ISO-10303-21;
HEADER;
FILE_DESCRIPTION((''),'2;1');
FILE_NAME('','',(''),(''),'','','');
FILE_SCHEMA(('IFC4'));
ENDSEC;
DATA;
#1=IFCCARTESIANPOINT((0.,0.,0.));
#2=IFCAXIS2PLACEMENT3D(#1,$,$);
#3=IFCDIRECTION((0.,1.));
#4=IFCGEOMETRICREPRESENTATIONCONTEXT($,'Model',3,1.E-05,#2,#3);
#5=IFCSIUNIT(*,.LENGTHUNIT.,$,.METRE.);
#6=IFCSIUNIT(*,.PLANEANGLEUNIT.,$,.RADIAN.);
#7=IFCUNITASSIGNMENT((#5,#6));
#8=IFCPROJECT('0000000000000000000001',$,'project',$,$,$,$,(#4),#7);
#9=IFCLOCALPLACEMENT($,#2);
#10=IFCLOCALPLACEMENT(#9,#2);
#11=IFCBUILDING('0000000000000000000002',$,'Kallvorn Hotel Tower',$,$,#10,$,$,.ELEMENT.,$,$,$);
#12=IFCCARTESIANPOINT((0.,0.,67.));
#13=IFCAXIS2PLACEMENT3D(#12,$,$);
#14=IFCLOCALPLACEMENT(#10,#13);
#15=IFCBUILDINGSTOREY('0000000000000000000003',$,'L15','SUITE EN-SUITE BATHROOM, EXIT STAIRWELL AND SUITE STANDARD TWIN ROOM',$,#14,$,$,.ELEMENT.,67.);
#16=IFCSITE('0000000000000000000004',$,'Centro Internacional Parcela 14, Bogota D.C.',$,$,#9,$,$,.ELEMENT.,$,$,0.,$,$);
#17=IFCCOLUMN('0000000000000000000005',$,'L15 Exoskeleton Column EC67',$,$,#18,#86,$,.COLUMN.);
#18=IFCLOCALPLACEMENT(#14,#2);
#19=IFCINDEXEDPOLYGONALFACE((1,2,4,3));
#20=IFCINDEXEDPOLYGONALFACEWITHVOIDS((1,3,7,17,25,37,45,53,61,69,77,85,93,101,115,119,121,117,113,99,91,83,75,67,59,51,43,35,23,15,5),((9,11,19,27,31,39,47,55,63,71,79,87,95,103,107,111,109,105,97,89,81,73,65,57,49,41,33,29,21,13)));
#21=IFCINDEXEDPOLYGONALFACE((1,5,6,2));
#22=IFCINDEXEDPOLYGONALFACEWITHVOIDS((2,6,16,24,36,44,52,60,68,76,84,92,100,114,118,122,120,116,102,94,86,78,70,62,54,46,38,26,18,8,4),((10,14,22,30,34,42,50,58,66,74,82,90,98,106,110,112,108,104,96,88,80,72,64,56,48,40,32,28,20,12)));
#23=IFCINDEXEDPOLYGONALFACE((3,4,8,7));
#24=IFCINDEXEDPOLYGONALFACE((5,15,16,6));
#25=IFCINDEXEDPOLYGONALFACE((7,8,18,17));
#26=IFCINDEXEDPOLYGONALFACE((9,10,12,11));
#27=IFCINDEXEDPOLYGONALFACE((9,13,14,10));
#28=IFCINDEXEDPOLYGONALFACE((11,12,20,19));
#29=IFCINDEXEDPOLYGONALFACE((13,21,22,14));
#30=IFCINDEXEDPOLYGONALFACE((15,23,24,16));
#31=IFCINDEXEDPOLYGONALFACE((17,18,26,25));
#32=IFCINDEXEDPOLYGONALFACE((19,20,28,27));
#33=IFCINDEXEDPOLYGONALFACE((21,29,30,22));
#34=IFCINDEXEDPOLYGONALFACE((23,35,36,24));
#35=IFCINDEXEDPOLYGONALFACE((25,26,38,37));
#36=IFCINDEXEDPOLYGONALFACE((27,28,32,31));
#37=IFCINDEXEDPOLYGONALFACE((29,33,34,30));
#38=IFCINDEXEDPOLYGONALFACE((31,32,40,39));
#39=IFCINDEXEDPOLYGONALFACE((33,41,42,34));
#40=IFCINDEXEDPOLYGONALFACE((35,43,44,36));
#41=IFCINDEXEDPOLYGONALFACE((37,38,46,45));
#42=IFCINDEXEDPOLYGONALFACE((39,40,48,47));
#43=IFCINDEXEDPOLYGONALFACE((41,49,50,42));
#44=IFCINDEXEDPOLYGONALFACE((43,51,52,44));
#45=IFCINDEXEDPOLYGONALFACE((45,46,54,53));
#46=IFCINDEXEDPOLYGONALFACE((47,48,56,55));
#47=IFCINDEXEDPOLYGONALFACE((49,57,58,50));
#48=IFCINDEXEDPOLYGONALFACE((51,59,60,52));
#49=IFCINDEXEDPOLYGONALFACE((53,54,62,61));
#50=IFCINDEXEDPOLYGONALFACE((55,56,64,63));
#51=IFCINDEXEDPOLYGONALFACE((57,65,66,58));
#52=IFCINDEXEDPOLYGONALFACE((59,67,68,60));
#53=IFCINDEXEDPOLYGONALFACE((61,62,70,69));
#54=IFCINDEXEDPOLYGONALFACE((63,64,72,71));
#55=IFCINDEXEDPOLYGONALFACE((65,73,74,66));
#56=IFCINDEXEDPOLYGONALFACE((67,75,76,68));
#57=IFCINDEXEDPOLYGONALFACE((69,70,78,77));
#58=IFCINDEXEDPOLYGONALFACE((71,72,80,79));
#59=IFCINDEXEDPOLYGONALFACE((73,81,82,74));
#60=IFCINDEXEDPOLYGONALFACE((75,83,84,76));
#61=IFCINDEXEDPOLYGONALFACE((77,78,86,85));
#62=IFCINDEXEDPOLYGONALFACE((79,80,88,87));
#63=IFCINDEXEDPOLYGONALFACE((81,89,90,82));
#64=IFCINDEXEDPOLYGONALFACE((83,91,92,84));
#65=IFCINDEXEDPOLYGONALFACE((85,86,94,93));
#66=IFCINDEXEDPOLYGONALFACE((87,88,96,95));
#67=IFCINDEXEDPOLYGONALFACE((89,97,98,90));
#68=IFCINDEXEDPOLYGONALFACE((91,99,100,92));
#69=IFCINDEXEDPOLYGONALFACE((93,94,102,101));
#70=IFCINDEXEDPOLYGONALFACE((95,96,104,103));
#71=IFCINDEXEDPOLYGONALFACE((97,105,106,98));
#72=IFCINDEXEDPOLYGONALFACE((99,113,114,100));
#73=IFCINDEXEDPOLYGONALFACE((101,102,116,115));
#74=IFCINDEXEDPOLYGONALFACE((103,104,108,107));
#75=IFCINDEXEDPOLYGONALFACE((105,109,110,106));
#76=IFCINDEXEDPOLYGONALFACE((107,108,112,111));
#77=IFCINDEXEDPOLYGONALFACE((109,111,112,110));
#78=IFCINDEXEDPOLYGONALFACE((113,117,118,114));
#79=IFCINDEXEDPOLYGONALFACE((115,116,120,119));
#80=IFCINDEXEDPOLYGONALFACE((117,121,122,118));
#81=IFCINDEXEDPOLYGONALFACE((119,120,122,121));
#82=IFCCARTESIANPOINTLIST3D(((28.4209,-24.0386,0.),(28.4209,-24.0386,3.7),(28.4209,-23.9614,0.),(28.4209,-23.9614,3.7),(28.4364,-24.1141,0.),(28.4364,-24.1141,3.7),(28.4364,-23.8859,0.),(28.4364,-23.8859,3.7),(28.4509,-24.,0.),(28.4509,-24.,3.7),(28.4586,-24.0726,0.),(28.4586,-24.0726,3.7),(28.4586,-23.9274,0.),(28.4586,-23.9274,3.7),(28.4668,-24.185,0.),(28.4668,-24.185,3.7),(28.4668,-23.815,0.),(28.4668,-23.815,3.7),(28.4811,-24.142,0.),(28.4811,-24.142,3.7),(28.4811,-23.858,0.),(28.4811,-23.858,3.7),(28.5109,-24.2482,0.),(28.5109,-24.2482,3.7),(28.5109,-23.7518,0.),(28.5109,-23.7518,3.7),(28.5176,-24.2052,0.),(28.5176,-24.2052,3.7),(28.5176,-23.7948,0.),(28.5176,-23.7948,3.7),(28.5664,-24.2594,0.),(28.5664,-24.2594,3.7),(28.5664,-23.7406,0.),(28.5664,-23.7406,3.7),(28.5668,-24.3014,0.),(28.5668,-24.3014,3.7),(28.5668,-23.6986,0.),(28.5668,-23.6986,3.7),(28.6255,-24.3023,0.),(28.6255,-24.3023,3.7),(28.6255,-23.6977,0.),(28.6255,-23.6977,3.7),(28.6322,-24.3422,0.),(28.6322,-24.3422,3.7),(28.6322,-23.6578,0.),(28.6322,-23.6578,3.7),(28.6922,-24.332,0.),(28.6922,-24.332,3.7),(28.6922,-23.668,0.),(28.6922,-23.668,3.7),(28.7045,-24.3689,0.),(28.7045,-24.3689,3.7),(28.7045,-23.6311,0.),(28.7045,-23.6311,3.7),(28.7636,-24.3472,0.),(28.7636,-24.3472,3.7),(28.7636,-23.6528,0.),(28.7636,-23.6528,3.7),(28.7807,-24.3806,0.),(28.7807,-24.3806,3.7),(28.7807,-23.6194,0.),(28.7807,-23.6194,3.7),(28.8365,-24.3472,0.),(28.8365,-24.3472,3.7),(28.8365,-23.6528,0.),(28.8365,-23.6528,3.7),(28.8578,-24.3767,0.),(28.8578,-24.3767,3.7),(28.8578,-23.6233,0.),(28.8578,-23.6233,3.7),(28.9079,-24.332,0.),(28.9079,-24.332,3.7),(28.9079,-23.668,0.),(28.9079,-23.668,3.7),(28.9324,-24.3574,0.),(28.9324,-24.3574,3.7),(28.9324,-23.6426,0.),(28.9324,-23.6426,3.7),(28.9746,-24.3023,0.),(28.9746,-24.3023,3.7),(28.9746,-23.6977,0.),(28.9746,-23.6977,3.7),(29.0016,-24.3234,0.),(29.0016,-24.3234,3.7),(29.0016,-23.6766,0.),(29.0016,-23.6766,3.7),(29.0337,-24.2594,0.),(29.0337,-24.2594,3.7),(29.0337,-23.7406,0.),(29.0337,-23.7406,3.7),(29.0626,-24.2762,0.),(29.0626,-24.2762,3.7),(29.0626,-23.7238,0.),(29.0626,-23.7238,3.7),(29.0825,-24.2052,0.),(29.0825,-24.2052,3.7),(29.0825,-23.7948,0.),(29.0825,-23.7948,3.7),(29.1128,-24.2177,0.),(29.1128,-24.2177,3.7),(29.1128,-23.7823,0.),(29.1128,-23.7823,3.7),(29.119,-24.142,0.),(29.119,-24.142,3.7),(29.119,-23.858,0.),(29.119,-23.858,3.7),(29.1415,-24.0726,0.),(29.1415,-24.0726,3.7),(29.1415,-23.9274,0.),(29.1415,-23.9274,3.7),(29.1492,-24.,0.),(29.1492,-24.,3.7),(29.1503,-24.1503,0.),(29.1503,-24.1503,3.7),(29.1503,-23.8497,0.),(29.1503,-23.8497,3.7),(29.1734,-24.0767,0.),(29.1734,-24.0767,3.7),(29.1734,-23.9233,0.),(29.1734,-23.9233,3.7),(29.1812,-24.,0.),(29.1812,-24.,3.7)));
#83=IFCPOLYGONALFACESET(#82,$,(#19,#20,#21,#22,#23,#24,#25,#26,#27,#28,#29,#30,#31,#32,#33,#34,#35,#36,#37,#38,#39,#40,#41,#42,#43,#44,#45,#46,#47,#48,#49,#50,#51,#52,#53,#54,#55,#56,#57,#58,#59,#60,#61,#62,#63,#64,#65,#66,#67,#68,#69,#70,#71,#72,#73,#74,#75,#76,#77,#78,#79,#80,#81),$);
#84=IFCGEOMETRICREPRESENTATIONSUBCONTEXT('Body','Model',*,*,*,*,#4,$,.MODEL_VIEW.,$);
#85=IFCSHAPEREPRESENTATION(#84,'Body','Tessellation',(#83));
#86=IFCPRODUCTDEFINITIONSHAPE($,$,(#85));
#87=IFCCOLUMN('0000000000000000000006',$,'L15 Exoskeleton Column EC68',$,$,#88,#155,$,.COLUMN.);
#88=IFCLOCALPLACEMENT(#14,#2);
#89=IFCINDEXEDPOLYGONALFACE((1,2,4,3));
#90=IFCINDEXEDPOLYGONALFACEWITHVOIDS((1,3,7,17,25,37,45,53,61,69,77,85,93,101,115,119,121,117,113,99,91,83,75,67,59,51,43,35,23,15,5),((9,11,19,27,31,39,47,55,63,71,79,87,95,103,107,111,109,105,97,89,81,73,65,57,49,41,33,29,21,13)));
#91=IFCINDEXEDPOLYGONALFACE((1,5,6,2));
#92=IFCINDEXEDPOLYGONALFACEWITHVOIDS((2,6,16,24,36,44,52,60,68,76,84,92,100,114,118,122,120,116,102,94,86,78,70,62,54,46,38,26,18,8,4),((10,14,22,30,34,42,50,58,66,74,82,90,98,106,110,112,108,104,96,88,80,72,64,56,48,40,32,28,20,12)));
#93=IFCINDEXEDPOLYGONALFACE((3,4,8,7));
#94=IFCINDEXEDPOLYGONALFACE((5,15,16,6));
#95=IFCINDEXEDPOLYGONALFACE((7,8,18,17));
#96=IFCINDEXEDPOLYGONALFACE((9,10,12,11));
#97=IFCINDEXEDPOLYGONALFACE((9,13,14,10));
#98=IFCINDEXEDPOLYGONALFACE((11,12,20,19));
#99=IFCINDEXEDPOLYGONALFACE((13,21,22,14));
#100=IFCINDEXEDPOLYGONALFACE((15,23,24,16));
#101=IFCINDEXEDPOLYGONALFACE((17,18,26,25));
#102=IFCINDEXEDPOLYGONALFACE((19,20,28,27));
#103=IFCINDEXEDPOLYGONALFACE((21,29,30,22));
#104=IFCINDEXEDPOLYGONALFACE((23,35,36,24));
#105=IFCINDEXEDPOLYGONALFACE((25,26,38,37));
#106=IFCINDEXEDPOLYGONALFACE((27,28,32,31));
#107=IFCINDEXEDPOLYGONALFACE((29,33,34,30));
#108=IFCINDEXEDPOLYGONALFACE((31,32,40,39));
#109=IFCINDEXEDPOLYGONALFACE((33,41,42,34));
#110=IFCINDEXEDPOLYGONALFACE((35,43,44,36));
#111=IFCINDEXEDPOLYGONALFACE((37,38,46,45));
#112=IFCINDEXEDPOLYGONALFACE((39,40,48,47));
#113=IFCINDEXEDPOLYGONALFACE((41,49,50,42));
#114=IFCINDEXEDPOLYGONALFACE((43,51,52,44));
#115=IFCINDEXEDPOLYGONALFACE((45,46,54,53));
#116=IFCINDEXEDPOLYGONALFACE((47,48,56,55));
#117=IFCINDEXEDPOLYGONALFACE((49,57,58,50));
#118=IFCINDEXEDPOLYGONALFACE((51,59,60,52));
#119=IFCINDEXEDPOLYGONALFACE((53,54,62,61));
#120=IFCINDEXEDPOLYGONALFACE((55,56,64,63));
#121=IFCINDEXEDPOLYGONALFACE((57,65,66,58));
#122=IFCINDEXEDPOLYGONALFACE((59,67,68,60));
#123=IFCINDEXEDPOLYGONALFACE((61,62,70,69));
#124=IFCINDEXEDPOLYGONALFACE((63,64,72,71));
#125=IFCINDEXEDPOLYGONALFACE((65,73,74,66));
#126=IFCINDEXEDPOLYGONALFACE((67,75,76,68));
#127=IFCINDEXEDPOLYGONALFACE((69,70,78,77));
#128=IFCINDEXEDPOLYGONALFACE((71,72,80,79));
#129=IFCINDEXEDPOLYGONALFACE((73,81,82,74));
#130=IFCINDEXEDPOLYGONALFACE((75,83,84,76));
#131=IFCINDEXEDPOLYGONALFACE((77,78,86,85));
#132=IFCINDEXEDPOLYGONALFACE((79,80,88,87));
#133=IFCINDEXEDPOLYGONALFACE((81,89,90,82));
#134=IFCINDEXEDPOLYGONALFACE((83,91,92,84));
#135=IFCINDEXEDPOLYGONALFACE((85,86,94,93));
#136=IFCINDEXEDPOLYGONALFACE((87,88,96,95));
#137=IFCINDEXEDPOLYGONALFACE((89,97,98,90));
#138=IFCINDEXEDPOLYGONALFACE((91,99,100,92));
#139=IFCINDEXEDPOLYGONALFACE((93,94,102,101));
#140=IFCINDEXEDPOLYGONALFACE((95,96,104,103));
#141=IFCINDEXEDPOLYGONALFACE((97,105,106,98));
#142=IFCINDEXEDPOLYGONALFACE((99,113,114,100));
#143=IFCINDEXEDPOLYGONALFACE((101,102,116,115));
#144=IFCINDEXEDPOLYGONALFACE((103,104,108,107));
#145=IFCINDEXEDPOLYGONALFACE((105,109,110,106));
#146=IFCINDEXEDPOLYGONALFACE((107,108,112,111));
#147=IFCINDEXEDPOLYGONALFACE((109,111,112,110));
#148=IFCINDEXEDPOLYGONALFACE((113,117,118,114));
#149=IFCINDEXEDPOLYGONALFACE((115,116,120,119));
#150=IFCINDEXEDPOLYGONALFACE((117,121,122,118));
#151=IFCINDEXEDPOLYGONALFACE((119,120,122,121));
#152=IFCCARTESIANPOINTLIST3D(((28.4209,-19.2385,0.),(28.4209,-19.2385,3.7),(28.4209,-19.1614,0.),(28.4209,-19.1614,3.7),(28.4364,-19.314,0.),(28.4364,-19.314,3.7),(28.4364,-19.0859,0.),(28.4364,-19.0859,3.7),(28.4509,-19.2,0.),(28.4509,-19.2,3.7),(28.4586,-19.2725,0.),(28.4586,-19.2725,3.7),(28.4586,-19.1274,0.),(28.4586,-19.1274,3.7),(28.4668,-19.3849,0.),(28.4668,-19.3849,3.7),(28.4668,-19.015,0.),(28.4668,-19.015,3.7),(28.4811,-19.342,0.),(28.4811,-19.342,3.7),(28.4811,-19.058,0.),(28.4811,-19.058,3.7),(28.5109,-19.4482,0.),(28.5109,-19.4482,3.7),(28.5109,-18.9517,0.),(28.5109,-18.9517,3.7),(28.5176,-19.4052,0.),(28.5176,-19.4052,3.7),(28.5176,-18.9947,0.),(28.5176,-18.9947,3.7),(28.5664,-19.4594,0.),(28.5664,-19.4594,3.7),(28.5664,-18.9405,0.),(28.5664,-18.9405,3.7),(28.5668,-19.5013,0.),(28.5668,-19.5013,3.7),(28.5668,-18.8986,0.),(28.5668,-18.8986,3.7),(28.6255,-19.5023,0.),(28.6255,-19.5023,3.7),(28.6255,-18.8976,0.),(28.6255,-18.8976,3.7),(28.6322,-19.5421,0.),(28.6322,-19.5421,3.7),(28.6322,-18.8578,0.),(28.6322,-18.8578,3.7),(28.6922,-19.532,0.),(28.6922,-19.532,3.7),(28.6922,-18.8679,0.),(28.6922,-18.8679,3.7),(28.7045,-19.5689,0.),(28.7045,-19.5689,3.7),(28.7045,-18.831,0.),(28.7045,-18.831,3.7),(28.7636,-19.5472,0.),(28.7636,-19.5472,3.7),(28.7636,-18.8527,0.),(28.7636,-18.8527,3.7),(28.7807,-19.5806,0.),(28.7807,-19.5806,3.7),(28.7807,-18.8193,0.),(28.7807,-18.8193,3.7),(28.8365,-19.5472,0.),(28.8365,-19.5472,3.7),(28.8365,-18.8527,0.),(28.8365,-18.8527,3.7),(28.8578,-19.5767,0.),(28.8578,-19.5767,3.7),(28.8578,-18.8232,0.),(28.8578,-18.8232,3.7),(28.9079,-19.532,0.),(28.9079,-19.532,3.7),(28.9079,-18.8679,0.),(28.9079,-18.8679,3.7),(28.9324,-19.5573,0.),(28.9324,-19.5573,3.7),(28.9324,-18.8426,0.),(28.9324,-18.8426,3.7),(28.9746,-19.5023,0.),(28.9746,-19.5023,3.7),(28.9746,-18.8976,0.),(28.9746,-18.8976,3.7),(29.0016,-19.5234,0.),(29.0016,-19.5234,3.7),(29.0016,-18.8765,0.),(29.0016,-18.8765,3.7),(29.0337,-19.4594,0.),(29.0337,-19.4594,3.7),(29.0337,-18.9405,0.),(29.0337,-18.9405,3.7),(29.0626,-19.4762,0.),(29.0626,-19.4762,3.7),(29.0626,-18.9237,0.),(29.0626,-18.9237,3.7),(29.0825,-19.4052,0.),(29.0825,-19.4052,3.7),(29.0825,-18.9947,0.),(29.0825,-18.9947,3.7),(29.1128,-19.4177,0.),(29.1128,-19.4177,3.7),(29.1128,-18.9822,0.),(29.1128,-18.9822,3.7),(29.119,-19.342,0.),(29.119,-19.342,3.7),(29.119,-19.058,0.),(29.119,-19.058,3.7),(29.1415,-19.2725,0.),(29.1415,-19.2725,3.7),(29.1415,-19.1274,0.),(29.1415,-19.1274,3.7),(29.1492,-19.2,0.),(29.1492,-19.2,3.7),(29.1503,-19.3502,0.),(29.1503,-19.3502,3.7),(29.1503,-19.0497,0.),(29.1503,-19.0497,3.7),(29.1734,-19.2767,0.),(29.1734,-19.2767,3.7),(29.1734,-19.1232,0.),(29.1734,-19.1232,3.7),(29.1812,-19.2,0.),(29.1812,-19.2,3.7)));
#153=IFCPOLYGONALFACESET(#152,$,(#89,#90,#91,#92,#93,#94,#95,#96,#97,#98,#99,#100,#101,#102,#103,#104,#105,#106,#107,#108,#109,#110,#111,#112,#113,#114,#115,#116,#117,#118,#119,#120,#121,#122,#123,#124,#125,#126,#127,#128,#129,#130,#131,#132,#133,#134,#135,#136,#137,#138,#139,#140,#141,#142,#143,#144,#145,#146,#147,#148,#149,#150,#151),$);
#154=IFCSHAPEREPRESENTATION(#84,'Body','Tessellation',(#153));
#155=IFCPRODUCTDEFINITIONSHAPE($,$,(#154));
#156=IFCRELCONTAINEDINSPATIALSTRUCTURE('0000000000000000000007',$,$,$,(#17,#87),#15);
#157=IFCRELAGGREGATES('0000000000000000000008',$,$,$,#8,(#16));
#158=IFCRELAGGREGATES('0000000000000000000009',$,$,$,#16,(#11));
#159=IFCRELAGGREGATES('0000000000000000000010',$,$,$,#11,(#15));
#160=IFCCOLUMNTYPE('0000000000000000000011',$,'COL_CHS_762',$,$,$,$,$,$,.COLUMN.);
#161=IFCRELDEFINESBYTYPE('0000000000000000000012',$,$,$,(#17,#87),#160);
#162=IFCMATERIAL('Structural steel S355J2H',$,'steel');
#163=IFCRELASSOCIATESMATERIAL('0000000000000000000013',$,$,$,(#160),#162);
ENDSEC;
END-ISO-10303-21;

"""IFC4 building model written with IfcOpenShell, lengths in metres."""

from ifc_helpers import new_model, si_unit, direction, frame, origin, origin_2d, place, context, subcontext, project, spatial, hollow_circle, extrude, material, material_profile, profile_set, type_object, element, save


model = new_model("IFC4")

# Units and contexts
model_context = context("Model", 3, precision=1e-05, world=origin(), true_north=direction((0.0, 1.0)))
body_context = subcontext(model_context, "Body", "Model", "MODEL_VIEW")
ifc_project = project(units=[si_unit("LENGTHUNIT", "METRE"), si_unit("PLANEANGLEUNIT", "RADIAN")], contexts=[model_context])

# Site, building, storey
site_placement = place(None, origin())
site = spatial("IfcSite", under=ifc_project, at=site_placement, Name="Centro Internacional Parcela 14, Bogota D.C.", CompositionType="ELEMENT", RefElevation=0.0)
building_placement = place(site_placement, origin())
building = spatial("IfcBuilding", under=site, at=building_placement, Name="Kallvorn Hotel Tower", CompositionType="ELEMENT")
storey_placement = place(building_placement, frame((0.0, 0.0, 67.0)))
storey = spatial("IfcBuildingStorey", under=building, at=storey_placement, Name="L15", Description="SUITE EN-SUITE BATHROOM, EXIT STAIRWELL AND SUITE STANDARD TWIN ROOM", CompositionType="ELEMENT", Elevation=67.0)

# Columns
ifc_material_1 = material(Name="Structural steel S355J2H", Category="steel")
ifc_material_profile_1 = material_profile(ifc_material_1, hollow_circle(Radius=0.3811, WallThickness=0.032, at=origin_2d()), Name="CHS 762x32")
ifc_profile_set_1 = profile_set([ifc_material_profile_1], Name="Structural steel S355J2H")
column_type_1 = type_object("IfcColumnType", Name="COL_CHS_762", PredefinedType="COLUMN", material=ifc_profile_set_1)
for number, where, z_axis, x_axis, name in (
    (1, (28.8, -24.0, 0.0), (0.0, 0.0, 1.0), (1.0, 0.0, 0.0), "L15 Exoskeleton Column EC67"),
    (2, (28.8, -19.2, 0.0), (0.0, 0.0, 1.0), (1.0, 0.0, 0.0), "L15 Exoskeleton Column EC68"),
):
    element("IfcColumn", number, at=place(storey_placement, frame(where, z_axis=z_axis, x_axis=x_axis)), inside=storey, type_object=column_type_1, Name=name, PredefinedType="COLUMN", context=body_context, shape_type="SweptSolid", body=[
        extrude(hollow_circle(Radius=0.3811, WallThickness=0.032, at=origin_2d()), origin(), (0.0, 0.0, 1.0), 3.7),
    ])

save(model, "model.ifc")
